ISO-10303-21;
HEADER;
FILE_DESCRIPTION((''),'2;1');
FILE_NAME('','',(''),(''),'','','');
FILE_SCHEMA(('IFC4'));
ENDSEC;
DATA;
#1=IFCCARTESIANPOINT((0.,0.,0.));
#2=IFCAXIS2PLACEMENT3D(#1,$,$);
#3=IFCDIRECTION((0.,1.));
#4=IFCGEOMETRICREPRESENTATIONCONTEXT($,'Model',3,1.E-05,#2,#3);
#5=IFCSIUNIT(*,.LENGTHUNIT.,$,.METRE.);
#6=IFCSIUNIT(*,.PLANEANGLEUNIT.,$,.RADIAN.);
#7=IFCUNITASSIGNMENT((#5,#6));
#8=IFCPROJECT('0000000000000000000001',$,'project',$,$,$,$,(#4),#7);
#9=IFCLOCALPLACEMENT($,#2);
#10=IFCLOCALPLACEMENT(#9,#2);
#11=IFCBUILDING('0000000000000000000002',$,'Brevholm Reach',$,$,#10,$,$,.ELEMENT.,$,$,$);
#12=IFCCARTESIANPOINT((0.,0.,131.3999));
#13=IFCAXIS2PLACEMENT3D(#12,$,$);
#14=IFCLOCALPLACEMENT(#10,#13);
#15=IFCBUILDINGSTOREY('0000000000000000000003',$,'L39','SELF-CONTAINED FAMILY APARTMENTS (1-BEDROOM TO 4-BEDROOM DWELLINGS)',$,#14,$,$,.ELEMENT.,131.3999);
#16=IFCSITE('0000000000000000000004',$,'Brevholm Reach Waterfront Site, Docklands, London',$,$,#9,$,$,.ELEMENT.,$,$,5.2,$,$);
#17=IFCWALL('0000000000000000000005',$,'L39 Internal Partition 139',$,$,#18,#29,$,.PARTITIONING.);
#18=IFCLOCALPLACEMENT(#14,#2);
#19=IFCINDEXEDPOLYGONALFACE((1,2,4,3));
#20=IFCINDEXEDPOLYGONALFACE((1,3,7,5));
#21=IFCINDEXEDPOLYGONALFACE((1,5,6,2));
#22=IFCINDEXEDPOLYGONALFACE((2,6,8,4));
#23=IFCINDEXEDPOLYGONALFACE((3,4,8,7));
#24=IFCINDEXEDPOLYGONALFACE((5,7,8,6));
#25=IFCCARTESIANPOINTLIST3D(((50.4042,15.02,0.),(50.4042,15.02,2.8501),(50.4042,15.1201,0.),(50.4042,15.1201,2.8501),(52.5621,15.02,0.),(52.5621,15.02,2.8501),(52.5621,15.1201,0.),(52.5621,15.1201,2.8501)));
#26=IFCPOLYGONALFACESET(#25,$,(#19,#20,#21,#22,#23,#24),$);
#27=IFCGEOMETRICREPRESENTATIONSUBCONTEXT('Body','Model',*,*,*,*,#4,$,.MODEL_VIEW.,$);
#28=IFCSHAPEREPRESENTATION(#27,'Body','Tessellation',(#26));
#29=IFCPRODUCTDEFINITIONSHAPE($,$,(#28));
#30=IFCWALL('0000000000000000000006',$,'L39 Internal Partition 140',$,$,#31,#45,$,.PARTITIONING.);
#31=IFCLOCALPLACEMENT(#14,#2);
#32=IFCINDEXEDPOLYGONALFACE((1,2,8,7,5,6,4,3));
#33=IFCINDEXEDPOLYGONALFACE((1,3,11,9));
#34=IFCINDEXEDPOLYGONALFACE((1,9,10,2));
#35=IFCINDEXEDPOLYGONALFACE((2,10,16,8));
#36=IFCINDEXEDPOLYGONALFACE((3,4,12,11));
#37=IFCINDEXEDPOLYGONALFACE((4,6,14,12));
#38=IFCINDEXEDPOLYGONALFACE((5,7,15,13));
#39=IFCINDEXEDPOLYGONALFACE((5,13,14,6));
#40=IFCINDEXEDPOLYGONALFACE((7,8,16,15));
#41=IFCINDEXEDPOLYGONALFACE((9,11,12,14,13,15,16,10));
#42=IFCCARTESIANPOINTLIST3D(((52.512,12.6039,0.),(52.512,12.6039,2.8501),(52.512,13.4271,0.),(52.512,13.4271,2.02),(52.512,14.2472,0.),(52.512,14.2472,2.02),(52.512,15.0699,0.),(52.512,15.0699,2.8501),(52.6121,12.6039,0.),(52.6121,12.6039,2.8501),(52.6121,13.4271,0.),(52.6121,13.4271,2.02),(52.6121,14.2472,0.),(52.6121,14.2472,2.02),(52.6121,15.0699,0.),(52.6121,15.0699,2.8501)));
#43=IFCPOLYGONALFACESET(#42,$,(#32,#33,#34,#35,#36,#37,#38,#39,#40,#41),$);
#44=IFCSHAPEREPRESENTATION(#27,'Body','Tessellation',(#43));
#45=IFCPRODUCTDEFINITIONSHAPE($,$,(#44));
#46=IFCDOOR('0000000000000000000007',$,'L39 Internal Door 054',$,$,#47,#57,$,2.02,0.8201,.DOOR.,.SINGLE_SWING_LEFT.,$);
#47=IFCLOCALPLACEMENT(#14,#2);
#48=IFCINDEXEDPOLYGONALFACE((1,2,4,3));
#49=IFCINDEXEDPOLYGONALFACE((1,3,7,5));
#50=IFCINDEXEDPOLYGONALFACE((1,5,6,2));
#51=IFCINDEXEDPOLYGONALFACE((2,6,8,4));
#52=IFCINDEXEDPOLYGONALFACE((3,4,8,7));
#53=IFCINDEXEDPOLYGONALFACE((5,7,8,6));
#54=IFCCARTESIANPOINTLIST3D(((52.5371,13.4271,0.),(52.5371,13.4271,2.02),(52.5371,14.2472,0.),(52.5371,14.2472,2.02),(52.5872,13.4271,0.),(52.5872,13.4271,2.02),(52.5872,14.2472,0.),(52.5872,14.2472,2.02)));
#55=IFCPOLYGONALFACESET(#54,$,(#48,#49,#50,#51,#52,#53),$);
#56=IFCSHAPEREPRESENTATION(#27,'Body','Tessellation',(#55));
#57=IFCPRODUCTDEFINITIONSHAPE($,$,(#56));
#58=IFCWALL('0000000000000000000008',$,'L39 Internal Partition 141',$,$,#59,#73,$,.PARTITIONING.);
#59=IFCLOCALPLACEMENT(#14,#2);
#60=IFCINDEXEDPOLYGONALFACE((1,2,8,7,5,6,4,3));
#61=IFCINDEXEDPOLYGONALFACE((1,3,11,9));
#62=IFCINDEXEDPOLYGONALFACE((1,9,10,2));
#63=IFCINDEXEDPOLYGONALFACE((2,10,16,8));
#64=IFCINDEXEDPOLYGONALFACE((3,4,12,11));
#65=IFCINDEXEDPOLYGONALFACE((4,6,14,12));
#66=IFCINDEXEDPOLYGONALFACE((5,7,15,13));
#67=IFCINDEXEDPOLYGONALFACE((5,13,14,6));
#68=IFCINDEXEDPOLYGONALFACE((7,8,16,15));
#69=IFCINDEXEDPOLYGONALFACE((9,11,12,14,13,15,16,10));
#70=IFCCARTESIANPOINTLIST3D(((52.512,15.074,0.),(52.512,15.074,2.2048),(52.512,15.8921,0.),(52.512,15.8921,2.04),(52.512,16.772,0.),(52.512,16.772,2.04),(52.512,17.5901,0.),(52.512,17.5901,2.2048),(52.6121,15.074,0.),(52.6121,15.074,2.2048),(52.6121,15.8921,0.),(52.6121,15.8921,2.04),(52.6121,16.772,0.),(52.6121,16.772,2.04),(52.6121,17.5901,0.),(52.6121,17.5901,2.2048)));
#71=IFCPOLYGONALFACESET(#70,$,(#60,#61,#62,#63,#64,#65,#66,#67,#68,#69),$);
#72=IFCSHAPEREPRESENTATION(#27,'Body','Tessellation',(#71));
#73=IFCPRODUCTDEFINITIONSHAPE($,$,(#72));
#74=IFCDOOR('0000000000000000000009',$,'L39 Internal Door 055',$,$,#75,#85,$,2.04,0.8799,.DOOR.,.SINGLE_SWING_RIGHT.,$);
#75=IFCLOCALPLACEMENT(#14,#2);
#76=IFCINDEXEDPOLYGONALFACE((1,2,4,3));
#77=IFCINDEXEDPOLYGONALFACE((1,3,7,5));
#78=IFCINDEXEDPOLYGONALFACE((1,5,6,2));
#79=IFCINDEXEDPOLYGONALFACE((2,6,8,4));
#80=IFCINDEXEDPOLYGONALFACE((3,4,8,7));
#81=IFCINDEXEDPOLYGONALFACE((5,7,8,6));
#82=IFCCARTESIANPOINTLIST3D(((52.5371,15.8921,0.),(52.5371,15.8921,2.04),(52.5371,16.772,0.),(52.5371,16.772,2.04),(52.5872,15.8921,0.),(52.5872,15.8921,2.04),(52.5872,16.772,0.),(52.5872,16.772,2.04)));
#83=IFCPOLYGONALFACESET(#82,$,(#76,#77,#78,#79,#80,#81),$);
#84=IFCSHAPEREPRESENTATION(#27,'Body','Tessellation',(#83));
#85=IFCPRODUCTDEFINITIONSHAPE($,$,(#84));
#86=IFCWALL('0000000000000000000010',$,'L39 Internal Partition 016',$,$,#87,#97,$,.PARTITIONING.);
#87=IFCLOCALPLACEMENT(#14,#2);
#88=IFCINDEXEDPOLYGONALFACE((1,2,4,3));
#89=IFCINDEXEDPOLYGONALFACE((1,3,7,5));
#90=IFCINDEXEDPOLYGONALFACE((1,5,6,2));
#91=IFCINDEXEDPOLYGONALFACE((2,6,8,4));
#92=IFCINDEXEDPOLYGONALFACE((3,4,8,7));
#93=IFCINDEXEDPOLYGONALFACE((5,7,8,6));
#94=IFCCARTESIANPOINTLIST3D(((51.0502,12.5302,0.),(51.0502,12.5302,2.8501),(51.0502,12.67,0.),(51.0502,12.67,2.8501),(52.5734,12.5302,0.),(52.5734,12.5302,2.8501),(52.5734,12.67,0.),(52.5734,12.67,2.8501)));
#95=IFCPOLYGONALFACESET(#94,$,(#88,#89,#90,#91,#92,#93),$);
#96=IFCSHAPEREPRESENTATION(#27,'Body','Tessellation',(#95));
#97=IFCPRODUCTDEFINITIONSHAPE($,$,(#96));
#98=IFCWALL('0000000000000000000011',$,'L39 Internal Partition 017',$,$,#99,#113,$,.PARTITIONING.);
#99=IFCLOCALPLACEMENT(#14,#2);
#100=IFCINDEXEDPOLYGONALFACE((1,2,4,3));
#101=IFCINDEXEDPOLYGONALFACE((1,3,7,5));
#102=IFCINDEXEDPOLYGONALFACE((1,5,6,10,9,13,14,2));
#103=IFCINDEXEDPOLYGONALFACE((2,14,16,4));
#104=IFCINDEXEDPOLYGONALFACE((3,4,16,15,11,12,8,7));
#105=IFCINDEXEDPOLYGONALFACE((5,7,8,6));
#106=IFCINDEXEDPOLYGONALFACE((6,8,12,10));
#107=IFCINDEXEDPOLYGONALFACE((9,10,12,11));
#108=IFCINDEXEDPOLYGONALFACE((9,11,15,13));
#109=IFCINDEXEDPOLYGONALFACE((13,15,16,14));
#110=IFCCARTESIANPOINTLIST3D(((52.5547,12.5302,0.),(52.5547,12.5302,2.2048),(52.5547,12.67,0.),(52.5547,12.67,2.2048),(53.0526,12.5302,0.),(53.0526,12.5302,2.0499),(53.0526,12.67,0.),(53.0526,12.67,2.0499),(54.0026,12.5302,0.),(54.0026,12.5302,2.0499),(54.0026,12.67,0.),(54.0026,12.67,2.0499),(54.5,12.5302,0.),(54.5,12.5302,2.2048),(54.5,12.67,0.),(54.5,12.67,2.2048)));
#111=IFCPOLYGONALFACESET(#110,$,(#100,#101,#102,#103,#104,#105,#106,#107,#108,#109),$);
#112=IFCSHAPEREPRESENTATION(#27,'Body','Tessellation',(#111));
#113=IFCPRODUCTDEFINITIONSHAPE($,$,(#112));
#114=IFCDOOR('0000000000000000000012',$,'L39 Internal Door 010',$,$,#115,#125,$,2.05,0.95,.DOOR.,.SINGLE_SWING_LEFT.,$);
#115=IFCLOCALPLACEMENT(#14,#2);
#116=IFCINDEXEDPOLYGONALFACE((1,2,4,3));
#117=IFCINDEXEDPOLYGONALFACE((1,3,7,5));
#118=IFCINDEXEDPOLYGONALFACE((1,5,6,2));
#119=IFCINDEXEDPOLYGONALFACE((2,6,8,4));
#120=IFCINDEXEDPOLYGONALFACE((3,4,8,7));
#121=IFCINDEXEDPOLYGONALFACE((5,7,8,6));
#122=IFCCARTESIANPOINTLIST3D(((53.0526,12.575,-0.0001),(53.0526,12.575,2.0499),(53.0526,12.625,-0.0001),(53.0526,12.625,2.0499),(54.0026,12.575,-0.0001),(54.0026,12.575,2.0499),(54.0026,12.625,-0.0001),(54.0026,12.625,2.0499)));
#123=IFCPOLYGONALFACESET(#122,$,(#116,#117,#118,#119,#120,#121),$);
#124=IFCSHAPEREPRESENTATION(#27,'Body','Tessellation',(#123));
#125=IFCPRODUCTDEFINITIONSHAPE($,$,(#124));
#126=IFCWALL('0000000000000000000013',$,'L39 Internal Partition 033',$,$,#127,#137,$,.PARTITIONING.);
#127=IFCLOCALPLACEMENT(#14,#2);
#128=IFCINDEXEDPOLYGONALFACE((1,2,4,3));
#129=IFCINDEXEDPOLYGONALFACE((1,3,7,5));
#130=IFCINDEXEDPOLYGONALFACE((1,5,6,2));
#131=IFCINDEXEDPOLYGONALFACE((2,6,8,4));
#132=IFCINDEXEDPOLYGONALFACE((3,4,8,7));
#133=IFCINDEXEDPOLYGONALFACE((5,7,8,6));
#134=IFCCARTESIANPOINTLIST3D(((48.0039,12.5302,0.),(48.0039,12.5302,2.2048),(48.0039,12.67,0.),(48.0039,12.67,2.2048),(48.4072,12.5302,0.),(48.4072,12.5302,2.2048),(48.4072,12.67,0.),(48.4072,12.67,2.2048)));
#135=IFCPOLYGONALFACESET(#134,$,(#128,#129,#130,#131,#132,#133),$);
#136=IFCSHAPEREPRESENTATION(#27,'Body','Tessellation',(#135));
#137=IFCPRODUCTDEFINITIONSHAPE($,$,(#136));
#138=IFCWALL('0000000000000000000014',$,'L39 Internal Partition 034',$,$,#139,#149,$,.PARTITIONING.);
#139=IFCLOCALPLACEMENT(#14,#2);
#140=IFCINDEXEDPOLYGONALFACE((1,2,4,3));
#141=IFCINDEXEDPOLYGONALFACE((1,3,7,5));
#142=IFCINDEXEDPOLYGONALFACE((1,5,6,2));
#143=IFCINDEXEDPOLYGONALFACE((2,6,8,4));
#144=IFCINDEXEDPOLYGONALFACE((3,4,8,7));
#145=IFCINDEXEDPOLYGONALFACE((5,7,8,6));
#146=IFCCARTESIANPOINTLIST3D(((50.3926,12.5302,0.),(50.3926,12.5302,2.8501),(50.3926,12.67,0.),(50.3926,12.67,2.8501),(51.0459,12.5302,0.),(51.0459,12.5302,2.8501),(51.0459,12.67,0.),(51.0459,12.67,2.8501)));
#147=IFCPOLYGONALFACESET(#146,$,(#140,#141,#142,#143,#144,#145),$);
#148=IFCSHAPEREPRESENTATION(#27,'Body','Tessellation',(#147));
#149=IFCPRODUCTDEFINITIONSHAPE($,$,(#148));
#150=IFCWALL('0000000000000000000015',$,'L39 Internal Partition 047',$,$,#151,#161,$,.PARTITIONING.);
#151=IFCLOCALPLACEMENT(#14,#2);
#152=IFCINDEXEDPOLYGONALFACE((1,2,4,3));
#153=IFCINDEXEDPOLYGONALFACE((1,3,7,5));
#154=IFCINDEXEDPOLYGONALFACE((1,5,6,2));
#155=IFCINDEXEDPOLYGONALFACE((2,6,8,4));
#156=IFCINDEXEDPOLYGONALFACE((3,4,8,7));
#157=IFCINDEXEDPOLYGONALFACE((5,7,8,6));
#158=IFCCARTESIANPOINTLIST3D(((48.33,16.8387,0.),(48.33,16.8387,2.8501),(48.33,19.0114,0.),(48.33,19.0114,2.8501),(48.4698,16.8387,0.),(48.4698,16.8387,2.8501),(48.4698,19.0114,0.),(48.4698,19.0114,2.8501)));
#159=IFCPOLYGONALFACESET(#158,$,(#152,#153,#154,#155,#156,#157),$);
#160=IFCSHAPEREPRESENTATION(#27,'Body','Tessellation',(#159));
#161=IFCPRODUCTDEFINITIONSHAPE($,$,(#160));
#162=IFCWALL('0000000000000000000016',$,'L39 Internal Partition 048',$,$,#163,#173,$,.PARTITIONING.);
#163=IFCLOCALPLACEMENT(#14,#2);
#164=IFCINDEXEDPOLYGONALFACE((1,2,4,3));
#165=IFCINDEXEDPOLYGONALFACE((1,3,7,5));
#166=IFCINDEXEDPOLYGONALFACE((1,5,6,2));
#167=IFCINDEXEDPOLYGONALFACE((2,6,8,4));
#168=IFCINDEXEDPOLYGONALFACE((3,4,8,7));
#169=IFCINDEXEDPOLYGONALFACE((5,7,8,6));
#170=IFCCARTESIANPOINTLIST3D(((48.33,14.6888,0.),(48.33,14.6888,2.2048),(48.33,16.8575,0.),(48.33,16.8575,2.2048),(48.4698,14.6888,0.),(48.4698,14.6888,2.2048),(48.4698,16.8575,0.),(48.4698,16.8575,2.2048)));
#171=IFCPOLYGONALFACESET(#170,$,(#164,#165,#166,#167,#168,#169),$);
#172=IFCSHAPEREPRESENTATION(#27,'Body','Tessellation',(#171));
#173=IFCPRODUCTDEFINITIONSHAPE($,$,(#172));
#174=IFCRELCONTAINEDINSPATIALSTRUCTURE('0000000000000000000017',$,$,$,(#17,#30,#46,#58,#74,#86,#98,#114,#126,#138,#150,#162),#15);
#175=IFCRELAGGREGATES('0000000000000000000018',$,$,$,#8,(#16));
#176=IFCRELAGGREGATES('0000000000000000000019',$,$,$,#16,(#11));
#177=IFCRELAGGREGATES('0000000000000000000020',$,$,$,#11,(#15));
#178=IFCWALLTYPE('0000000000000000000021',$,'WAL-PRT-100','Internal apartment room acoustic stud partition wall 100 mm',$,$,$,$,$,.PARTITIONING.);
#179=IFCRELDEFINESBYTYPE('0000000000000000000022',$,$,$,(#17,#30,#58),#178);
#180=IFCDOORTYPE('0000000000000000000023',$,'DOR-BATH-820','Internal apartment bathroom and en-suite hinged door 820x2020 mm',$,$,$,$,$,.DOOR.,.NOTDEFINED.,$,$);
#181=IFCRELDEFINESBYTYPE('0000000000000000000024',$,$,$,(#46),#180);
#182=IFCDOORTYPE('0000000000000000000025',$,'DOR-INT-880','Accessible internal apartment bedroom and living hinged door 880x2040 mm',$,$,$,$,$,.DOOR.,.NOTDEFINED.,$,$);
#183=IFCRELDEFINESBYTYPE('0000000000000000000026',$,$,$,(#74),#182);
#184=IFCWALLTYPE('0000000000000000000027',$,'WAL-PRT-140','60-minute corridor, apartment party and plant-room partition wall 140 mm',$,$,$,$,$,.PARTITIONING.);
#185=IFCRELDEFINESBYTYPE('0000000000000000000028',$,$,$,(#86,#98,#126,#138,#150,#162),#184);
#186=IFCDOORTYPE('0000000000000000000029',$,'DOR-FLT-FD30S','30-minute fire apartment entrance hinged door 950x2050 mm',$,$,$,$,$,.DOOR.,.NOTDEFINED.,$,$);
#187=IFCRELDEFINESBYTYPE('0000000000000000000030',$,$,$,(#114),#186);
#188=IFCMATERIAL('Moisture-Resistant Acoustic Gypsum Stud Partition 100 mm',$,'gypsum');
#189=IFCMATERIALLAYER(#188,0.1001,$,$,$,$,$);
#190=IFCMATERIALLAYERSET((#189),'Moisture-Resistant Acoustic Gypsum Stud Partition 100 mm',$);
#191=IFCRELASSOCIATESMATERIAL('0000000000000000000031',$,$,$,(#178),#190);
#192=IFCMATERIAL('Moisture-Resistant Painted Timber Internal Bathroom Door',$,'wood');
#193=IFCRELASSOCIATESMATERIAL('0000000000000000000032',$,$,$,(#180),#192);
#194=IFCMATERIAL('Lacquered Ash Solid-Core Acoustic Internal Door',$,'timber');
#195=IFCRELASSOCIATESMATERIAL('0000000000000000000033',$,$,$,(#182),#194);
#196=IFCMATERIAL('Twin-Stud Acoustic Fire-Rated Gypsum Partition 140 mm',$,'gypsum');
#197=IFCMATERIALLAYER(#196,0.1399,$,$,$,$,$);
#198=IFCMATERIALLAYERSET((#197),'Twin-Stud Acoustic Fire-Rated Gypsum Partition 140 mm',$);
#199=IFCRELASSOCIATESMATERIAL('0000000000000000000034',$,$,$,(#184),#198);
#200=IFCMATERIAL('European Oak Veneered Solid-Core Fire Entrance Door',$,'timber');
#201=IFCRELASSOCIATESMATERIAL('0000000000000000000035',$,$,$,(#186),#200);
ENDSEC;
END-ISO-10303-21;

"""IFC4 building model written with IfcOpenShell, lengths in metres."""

from ifc_helpers import new_model, si_unit, direction, frame, frame_2d, origin, place, context, subcontext, project, spatial, rectangle, extrude, material, layer, layer_set, type_object, element, fill, save


model = new_model("IFC4")

# Units and contexts
model_context = context("Model", 3, precision=1e-05, world=origin(), true_north=direction((0.0, 1.0)))
body_context = subcontext(model_context, "Body", "Model", "MODEL_VIEW")
ifc_project = project(units=[si_unit("LENGTHUNIT", "METRE"), si_unit("PLANEANGLEUNIT", "RADIAN")], contexts=[model_context])

# Site, building, storey
site_placement = place(None, origin())
site = spatial("IfcSite", under=ifc_project, at=site_placement, Name="Brevholm Reach Waterfront Site, Docklands, London", CompositionType="ELEMENT", RefElevation=5.2)
building_placement = place(site_placement, origin())
building = spatial("IfcBuilding", under=site, at=building_placement, Name="Brevholm Reach", CompositionType="ELEMENT")
storey_placement = place(building_placement, frame((0.0, 0.0, 131.3999)))
storey = spatial("IfcBuildingStorey", under=building, at=storey_placement, Name="L39", Description="SELF-CONTAINED FAMILY APARTMENTS (1-BEDROOM TO 4-BEDROOM DWELLINGS)", CompositionType="ELEMENT", Elevation=131.3999)

# Wall
ifc_material_1 = material(Name="Moisture-Resistant Acoustic Gypsum Stud Partition 100 mm", Category="gypsum")
ifc_layer_1 = layer(ifc_material_1, 0.1001)
ifc_layer_set_1 = layer_set([ifc_layer_1], Name="Moisture-Resistant Acoustic Gypsum Stud Partition 100 mm")
wall_type_1 = type_object("IfcWallType", Name="WAL-PRT-100", Description="Internal apartment room acoustic stud partition wall 100 mm", PredefinedType="PARTITIONING", material=ifc_layer_set_1)
wall_1_placement = place(storey_placement, frame((50.4041, 15.0701, 0.0), z_axis=(0.0, 0.0, 1.0), x_axis=(1.0, 0.0, 0.0)))
element("IfcWall", 1, at=wall_1_placement, inside=storey, type_object=wall_type_1, Name="L39 Internal Partition 139", PredefinedType="PARTITIONING", context=body_context, shape_type="SweptSolid", body=[
    extrude(rectangle(XDim=2.158, YDim=0.1001, at=frame_2d((1.0791, 0.0))), origin(), (0.0, 0.0, 1.0), 2.8501),
])

# Walls, openings, doors
wall_2_placement = place(storey_placement, frame((52.562, 12.604, 0.0), z_axis=(0.0, 0.0, 1.0), x_axis=(0.0, 1.0, 0.0)))
wall_2 = element("IfcWall", 2, at=wall_2_placement, inside=storey, type_object=wall_type_1, Name="L39 Internal Partition 140", PredefinedType="PARTITIONING", context=body_context, shape_type="SweptSolid", body=[
    extrude(rectangle(XDim=2.4661, YDim=0.1001, at=frame_2d((1.2329, 0.0))), origin(), (0.0, 0.0, 1.0), 2.8501),
])
opening_1_placement = place(wall_2_placement, frame((0.823, 0.0, 0.0)))
opening_1 = element("IfcOpeningElement", 3, at=opening_1_placement, cuts=wall_2, PredefinedType="OPENING", context=body_context, shape_type="SweptSolid", body=[
    extrude(rectangle(XDim=0.8201, YDim=2.02, at=frame_2d((0.4102, 1.01))), frame((0.0, 0.0601, 0.0), z_axis=(0.0, -1.0, 0.0), x_axis=(1.0, 0.0, 0.0)), (0.0, 0.0, 1.0), 0.1201),
])
ifc_material_2 = material(Name="Moisture-Resistant Painted Timber Internal Bathroom Door", Category="wood")
door_type_1 = type_object("IfcDoorType", Name="DOR-BATH-820", Description="Internal apartment bathroom and en-suite hinged door 820x2020 mm", OperationType="NOTDEFINED", PredefinedType="DOOR", material=ifc_material_2)
door_1_placement = place(opening_1_placement, origin())
door_1 = element("IfcDoor", 4, at=door_1_placement, inside=storey, type_object=door_type_1, Name="L39 Internal Door 054", OperationType="SINGLE_SWING_LEFT", OverallHeight=2.02, OverallWidth=0.8201, PredefinedType="DOOR", context=body_context, shape_type="SweptSolid", body=[
    extrude(rectangle(XDim=0.8201, YDim=2.02, at=frame_2d((0.4102, 1.01))), frame((0.0, 0.0249, 0.0), z_axis=(0.0, -1.0, 0.0), x_axis=(1.0, 0.0, 0.0)), (0.0, 0.0, 1.0), 0.05),
])
fill(opening_1, door_1)
wall_3_placement = place(storey_placement, frame((52.562, 15.074, 0.0), z_axis=(0.0, 0.0, 1.0), x_axis=(0.0, 1.0, 0.0)))
wall_3 = element("IfcWall", 5, at=wall_3_placement, inside=storey, type_object=wall_type_1, Name="L39 Internal Partition 141", PredefinedType="PARTITIONING", context=body_context, shape_type="SweptSolid", body=[
    extrude(rectangle(XDim=2.5161, YDim=0.1001, at=frame_2d((1.2581, 0.0))), origin(), (0.0, 0.0, 1.0), 2.2048),
])
opening_2_placement = place(wall_3_placement, frame((0.8181, 0.0, 0.0)))
opening_2 = element("IfcOpeningElement", 6, at=opening_2_placement, cuts=wall_3, PredefinedType="OPENING", context=body_context, shape_type="SweptSolid", body=[
    extrude(rectangle(XDim=0.8799, YDim=2.04, at=frame_2d((0.4399, 1.02))), frame((0.0, 0.0601, 0.0), z_axis=(0.0, -1.0, 0.0), x_axis=(1.0, 0.0, 0.0)), (0.0, 0.0, 1.0), 0.1201),
])
ifc_material_3 = material(Name="Lacquered Ash Solid-Core Acoustic Internal Door", Category="timber")
door_type_2 = type_object("IfcDoorType", Name="DOR-INT-880", Description="Accessible internal apartment bedroom and living hinged door 880x2040 mm", OperationType="NOTDEFINED", PredefinedType="DOOR", material=ifc_material_3)
door_2_placement = place(opening_2_placement, origin())
door_2 = element("IfcDoor", 7, at=door_2_placement, inside=storey, type_object=door_type_2, Name="L39 Internal Door 055", OperationType="SINGLE_SWING_RIGHT", OverallHeight=2.04, OverallWidth=0.8799, PredefinedType="DOOR", context=body_context, shape_type="SweptSolid", body=[
    extrude(rectangle(XDim=0.8799, YDim=2.04, at=frame_2d((0.4399, 1.02))), frame((0.0, 0.0249, 0.0), z_axis=(0.0, -1.0, 0.0), x_axis=(1.0, 0.0, 0.0)), (0.0, 0.0, 1.0), 0.05),
])
fill(opening_2, door_2)

# Wall
ifc_material_4 = material(Name="Twin-Stud Acoustic Fire-Rated Gypsum Partition 140 mm", Category="gypsum")
ifc_layer_2 = layer(ifc_material_4, 0.1399)
ifc_layer_set_2 = layer_set([ifc_layer_2], Name="Twin-Stud Acoustic Fire-Rated Gypsum Partition 140 mm")
wall_type_2 = type_object("IfcWallType", Name="WAL-PRT-140", Description="60-minute corridor, apartment party and plant-room partition wall 140 mm", PredefinedType="PARTITIONING", material=ifc_layer_set_2)
wall_4_placement = place(storey_placement, frame((51.05, 12.6001, 0.0), z_axis=(0.0, 0.0, 1.0), x_axis=(1.0, 0.0, 0.0)))
element("IfcWall", 8, at=wall_4_placement, inside=storey, type_object=wall_type_2, Name="L39 Internal Partition 016", PredefinedType="PARTITIONING", context=body_context, shape_type="SweptSolid", body=[
    extrude(rectangle(XDim=1.5232, YDim=0.1399, at=frame_2d((0.7617, 0.0))), origin(), (0.0, 0.0, 1.0), 2.8501),
])

# Wall, opening, door
wall_5_placement = place(storey_placement, frame((52.5547, 12.6001, 0.0), z_axis=(0.0, 0.0, 1.0), x_axis=(1.0, 0.0, 0.0)))
wall_5 = element("IfcWall", 9, at=wall_5_placement, inside=storey, type_object=wall_type_2, Name="L39 Internal Partition 017", PredefinedType="PARTITIONING", context=body_context, shape_type="SweptSolid", body=[
    extrude(rectangle(XDim=1.9453, YDim=0.1399, at=frame_2d((0.9727, 0.0))), origin(), (0.0, 0.0, 1.0), 2.2048),
])
opening_3_placement = place(wall_5_placement, frame((0.4978, 0.0, 0.0)))
opening_3 = element("IfcOpeningElement", 10, at=opening_3_placement, cuts=wall_5, PredefinedType="OPENING", context=body_context, shape_type="SweptSolid", body=[
    extrude(rectangle(XDim=0.95, YDim=2.05, at=frame_2d((0.4751, 1.0249))), frame((0.0, 0.0798, 0.0), z_axis=(0.0, -1.0, 0.0), x_axis=(1.0, 0.0, 0.0)), (0.0, 0.0, 1.0), 0.1599),
])
ifc_material_5 = material(Name="European Oak Veneered Solid-Core Fire Entrance Door", Category="timber")
door_type_3 = type_object("IfcDoorType", Name="DOR-FLT-FD30S", Description="30-minute fire apartment entrance hinged door 950x2050 mm", OperationType="NOTDEFINED", PredefinedType="DOOR", material=ifc_material_5)
door_3_placement = place(opening_3_placement, origin())
door_3 = element("IfcDoor", 11, at=door_3_placement, inside=storey, type_object=door_type_3, Name="L39 Internal Door 010", OperationType="SINGLE_SWING_LEFT", OverallHeight=2.05, OverallWidth=0.95, PredefinedType="DOOR", context=body_context, shape_type="SweptSolid", body=[
    extrude(rectangle(XDim=0.95, YDim=2.05, at=frame_2d((0.4751, 1.0249))), frame((0.0, 0.0249, 0.0), z_axis=(0.0, -1.0, 0.0), x_axis=(1.0, 0.0, 0.0)), (0.0, 0.0, 1.0), 0.05),
])
fill(opening_3, door_3)

# Walls
wall_6_placement = place(storey_placement, frame((48.0039, 12.6001, 0.0), z_axis=(0.0, 0.0, 1.0), x_axis=(1.0, 0.0, 0.0)))
element("IfcWall", 12, at=wall_6_placement, inside=storey, type_object=wall_type_2, Name="L39 Internal Partition 033", PredefinedType="PARTITIONING", context=body_context, shape_type="SweptSolid", body=[
    extrude(rectangle(XDim=0.4033, YDim=0.1399, at=frame_2d((0.2017, 0.0))), origin(), (0.0, 0.0, 1.0), 2.2048),
])
wall_7_placement = place(storey_placement, frame((50.3926, 12.6001, 0.0), z_axis=(0.0, 0.0, 1.0), x_axis=(1.0, 0.0, 0.0)))
element("IfcWall", 13, at=wall_7_placement, inside=storey, type_object=wall_type_2, Name="L39 Internal Partition 034", PredefinedType="PARTITIONING", context=body_context, shape_type="SweptSolid", body=[
    extrude(rectangle(XDim=0.6533, YDim=0.1399, at=frame_2d((0.3267, 0.0))), origin(), (0.0, 0.0, 1.0), 2.8501),
])
wall_8_placement = place(storey_placement, frame((48.3999, 16.8386, 0.0), z_axis=(0.0, 0.0, 1.0), x_axis=(0.0, 1.0, 0.0)))
element("IfcWall", 14, at=wall_8_placement, inside=storey, type_object=wall_type_2, Name="L39 Internal Partition 047", PredefinedType="PARTITIONING", context=body_context, shape_type="SweptSolid", body=[
    extrude(rectangle(XDim=2.1726, YDim=0.1399, at=frame_2d((1.0864, 0.0))), origin(), (0.0, 0.0, 1.0), 2.8501),
])
wall_9_placement = place(storey_placement, frame((48.3999, 14.6887, 0.0), z_axis=(0.0, 0.0, 1.0), x_axis=(0.0, 1.0, 0.0)))
element("IfcWall", 15, at=wall_9_placement, inside=storey, type_object=wall_type_2, Name="L39 Internal Partition 048", PredefinedType="PARTITIONING", context=body_context, shape_type="SweptSolid", body=[
    extrude(rectangle(XDim=2.1687, YDim=0.1399, at=frame_2d((1.0845, 0.0))), origin(), (0.0, 0.0, 1.0), 2.2048),
])

save(model, "model.ifc")
